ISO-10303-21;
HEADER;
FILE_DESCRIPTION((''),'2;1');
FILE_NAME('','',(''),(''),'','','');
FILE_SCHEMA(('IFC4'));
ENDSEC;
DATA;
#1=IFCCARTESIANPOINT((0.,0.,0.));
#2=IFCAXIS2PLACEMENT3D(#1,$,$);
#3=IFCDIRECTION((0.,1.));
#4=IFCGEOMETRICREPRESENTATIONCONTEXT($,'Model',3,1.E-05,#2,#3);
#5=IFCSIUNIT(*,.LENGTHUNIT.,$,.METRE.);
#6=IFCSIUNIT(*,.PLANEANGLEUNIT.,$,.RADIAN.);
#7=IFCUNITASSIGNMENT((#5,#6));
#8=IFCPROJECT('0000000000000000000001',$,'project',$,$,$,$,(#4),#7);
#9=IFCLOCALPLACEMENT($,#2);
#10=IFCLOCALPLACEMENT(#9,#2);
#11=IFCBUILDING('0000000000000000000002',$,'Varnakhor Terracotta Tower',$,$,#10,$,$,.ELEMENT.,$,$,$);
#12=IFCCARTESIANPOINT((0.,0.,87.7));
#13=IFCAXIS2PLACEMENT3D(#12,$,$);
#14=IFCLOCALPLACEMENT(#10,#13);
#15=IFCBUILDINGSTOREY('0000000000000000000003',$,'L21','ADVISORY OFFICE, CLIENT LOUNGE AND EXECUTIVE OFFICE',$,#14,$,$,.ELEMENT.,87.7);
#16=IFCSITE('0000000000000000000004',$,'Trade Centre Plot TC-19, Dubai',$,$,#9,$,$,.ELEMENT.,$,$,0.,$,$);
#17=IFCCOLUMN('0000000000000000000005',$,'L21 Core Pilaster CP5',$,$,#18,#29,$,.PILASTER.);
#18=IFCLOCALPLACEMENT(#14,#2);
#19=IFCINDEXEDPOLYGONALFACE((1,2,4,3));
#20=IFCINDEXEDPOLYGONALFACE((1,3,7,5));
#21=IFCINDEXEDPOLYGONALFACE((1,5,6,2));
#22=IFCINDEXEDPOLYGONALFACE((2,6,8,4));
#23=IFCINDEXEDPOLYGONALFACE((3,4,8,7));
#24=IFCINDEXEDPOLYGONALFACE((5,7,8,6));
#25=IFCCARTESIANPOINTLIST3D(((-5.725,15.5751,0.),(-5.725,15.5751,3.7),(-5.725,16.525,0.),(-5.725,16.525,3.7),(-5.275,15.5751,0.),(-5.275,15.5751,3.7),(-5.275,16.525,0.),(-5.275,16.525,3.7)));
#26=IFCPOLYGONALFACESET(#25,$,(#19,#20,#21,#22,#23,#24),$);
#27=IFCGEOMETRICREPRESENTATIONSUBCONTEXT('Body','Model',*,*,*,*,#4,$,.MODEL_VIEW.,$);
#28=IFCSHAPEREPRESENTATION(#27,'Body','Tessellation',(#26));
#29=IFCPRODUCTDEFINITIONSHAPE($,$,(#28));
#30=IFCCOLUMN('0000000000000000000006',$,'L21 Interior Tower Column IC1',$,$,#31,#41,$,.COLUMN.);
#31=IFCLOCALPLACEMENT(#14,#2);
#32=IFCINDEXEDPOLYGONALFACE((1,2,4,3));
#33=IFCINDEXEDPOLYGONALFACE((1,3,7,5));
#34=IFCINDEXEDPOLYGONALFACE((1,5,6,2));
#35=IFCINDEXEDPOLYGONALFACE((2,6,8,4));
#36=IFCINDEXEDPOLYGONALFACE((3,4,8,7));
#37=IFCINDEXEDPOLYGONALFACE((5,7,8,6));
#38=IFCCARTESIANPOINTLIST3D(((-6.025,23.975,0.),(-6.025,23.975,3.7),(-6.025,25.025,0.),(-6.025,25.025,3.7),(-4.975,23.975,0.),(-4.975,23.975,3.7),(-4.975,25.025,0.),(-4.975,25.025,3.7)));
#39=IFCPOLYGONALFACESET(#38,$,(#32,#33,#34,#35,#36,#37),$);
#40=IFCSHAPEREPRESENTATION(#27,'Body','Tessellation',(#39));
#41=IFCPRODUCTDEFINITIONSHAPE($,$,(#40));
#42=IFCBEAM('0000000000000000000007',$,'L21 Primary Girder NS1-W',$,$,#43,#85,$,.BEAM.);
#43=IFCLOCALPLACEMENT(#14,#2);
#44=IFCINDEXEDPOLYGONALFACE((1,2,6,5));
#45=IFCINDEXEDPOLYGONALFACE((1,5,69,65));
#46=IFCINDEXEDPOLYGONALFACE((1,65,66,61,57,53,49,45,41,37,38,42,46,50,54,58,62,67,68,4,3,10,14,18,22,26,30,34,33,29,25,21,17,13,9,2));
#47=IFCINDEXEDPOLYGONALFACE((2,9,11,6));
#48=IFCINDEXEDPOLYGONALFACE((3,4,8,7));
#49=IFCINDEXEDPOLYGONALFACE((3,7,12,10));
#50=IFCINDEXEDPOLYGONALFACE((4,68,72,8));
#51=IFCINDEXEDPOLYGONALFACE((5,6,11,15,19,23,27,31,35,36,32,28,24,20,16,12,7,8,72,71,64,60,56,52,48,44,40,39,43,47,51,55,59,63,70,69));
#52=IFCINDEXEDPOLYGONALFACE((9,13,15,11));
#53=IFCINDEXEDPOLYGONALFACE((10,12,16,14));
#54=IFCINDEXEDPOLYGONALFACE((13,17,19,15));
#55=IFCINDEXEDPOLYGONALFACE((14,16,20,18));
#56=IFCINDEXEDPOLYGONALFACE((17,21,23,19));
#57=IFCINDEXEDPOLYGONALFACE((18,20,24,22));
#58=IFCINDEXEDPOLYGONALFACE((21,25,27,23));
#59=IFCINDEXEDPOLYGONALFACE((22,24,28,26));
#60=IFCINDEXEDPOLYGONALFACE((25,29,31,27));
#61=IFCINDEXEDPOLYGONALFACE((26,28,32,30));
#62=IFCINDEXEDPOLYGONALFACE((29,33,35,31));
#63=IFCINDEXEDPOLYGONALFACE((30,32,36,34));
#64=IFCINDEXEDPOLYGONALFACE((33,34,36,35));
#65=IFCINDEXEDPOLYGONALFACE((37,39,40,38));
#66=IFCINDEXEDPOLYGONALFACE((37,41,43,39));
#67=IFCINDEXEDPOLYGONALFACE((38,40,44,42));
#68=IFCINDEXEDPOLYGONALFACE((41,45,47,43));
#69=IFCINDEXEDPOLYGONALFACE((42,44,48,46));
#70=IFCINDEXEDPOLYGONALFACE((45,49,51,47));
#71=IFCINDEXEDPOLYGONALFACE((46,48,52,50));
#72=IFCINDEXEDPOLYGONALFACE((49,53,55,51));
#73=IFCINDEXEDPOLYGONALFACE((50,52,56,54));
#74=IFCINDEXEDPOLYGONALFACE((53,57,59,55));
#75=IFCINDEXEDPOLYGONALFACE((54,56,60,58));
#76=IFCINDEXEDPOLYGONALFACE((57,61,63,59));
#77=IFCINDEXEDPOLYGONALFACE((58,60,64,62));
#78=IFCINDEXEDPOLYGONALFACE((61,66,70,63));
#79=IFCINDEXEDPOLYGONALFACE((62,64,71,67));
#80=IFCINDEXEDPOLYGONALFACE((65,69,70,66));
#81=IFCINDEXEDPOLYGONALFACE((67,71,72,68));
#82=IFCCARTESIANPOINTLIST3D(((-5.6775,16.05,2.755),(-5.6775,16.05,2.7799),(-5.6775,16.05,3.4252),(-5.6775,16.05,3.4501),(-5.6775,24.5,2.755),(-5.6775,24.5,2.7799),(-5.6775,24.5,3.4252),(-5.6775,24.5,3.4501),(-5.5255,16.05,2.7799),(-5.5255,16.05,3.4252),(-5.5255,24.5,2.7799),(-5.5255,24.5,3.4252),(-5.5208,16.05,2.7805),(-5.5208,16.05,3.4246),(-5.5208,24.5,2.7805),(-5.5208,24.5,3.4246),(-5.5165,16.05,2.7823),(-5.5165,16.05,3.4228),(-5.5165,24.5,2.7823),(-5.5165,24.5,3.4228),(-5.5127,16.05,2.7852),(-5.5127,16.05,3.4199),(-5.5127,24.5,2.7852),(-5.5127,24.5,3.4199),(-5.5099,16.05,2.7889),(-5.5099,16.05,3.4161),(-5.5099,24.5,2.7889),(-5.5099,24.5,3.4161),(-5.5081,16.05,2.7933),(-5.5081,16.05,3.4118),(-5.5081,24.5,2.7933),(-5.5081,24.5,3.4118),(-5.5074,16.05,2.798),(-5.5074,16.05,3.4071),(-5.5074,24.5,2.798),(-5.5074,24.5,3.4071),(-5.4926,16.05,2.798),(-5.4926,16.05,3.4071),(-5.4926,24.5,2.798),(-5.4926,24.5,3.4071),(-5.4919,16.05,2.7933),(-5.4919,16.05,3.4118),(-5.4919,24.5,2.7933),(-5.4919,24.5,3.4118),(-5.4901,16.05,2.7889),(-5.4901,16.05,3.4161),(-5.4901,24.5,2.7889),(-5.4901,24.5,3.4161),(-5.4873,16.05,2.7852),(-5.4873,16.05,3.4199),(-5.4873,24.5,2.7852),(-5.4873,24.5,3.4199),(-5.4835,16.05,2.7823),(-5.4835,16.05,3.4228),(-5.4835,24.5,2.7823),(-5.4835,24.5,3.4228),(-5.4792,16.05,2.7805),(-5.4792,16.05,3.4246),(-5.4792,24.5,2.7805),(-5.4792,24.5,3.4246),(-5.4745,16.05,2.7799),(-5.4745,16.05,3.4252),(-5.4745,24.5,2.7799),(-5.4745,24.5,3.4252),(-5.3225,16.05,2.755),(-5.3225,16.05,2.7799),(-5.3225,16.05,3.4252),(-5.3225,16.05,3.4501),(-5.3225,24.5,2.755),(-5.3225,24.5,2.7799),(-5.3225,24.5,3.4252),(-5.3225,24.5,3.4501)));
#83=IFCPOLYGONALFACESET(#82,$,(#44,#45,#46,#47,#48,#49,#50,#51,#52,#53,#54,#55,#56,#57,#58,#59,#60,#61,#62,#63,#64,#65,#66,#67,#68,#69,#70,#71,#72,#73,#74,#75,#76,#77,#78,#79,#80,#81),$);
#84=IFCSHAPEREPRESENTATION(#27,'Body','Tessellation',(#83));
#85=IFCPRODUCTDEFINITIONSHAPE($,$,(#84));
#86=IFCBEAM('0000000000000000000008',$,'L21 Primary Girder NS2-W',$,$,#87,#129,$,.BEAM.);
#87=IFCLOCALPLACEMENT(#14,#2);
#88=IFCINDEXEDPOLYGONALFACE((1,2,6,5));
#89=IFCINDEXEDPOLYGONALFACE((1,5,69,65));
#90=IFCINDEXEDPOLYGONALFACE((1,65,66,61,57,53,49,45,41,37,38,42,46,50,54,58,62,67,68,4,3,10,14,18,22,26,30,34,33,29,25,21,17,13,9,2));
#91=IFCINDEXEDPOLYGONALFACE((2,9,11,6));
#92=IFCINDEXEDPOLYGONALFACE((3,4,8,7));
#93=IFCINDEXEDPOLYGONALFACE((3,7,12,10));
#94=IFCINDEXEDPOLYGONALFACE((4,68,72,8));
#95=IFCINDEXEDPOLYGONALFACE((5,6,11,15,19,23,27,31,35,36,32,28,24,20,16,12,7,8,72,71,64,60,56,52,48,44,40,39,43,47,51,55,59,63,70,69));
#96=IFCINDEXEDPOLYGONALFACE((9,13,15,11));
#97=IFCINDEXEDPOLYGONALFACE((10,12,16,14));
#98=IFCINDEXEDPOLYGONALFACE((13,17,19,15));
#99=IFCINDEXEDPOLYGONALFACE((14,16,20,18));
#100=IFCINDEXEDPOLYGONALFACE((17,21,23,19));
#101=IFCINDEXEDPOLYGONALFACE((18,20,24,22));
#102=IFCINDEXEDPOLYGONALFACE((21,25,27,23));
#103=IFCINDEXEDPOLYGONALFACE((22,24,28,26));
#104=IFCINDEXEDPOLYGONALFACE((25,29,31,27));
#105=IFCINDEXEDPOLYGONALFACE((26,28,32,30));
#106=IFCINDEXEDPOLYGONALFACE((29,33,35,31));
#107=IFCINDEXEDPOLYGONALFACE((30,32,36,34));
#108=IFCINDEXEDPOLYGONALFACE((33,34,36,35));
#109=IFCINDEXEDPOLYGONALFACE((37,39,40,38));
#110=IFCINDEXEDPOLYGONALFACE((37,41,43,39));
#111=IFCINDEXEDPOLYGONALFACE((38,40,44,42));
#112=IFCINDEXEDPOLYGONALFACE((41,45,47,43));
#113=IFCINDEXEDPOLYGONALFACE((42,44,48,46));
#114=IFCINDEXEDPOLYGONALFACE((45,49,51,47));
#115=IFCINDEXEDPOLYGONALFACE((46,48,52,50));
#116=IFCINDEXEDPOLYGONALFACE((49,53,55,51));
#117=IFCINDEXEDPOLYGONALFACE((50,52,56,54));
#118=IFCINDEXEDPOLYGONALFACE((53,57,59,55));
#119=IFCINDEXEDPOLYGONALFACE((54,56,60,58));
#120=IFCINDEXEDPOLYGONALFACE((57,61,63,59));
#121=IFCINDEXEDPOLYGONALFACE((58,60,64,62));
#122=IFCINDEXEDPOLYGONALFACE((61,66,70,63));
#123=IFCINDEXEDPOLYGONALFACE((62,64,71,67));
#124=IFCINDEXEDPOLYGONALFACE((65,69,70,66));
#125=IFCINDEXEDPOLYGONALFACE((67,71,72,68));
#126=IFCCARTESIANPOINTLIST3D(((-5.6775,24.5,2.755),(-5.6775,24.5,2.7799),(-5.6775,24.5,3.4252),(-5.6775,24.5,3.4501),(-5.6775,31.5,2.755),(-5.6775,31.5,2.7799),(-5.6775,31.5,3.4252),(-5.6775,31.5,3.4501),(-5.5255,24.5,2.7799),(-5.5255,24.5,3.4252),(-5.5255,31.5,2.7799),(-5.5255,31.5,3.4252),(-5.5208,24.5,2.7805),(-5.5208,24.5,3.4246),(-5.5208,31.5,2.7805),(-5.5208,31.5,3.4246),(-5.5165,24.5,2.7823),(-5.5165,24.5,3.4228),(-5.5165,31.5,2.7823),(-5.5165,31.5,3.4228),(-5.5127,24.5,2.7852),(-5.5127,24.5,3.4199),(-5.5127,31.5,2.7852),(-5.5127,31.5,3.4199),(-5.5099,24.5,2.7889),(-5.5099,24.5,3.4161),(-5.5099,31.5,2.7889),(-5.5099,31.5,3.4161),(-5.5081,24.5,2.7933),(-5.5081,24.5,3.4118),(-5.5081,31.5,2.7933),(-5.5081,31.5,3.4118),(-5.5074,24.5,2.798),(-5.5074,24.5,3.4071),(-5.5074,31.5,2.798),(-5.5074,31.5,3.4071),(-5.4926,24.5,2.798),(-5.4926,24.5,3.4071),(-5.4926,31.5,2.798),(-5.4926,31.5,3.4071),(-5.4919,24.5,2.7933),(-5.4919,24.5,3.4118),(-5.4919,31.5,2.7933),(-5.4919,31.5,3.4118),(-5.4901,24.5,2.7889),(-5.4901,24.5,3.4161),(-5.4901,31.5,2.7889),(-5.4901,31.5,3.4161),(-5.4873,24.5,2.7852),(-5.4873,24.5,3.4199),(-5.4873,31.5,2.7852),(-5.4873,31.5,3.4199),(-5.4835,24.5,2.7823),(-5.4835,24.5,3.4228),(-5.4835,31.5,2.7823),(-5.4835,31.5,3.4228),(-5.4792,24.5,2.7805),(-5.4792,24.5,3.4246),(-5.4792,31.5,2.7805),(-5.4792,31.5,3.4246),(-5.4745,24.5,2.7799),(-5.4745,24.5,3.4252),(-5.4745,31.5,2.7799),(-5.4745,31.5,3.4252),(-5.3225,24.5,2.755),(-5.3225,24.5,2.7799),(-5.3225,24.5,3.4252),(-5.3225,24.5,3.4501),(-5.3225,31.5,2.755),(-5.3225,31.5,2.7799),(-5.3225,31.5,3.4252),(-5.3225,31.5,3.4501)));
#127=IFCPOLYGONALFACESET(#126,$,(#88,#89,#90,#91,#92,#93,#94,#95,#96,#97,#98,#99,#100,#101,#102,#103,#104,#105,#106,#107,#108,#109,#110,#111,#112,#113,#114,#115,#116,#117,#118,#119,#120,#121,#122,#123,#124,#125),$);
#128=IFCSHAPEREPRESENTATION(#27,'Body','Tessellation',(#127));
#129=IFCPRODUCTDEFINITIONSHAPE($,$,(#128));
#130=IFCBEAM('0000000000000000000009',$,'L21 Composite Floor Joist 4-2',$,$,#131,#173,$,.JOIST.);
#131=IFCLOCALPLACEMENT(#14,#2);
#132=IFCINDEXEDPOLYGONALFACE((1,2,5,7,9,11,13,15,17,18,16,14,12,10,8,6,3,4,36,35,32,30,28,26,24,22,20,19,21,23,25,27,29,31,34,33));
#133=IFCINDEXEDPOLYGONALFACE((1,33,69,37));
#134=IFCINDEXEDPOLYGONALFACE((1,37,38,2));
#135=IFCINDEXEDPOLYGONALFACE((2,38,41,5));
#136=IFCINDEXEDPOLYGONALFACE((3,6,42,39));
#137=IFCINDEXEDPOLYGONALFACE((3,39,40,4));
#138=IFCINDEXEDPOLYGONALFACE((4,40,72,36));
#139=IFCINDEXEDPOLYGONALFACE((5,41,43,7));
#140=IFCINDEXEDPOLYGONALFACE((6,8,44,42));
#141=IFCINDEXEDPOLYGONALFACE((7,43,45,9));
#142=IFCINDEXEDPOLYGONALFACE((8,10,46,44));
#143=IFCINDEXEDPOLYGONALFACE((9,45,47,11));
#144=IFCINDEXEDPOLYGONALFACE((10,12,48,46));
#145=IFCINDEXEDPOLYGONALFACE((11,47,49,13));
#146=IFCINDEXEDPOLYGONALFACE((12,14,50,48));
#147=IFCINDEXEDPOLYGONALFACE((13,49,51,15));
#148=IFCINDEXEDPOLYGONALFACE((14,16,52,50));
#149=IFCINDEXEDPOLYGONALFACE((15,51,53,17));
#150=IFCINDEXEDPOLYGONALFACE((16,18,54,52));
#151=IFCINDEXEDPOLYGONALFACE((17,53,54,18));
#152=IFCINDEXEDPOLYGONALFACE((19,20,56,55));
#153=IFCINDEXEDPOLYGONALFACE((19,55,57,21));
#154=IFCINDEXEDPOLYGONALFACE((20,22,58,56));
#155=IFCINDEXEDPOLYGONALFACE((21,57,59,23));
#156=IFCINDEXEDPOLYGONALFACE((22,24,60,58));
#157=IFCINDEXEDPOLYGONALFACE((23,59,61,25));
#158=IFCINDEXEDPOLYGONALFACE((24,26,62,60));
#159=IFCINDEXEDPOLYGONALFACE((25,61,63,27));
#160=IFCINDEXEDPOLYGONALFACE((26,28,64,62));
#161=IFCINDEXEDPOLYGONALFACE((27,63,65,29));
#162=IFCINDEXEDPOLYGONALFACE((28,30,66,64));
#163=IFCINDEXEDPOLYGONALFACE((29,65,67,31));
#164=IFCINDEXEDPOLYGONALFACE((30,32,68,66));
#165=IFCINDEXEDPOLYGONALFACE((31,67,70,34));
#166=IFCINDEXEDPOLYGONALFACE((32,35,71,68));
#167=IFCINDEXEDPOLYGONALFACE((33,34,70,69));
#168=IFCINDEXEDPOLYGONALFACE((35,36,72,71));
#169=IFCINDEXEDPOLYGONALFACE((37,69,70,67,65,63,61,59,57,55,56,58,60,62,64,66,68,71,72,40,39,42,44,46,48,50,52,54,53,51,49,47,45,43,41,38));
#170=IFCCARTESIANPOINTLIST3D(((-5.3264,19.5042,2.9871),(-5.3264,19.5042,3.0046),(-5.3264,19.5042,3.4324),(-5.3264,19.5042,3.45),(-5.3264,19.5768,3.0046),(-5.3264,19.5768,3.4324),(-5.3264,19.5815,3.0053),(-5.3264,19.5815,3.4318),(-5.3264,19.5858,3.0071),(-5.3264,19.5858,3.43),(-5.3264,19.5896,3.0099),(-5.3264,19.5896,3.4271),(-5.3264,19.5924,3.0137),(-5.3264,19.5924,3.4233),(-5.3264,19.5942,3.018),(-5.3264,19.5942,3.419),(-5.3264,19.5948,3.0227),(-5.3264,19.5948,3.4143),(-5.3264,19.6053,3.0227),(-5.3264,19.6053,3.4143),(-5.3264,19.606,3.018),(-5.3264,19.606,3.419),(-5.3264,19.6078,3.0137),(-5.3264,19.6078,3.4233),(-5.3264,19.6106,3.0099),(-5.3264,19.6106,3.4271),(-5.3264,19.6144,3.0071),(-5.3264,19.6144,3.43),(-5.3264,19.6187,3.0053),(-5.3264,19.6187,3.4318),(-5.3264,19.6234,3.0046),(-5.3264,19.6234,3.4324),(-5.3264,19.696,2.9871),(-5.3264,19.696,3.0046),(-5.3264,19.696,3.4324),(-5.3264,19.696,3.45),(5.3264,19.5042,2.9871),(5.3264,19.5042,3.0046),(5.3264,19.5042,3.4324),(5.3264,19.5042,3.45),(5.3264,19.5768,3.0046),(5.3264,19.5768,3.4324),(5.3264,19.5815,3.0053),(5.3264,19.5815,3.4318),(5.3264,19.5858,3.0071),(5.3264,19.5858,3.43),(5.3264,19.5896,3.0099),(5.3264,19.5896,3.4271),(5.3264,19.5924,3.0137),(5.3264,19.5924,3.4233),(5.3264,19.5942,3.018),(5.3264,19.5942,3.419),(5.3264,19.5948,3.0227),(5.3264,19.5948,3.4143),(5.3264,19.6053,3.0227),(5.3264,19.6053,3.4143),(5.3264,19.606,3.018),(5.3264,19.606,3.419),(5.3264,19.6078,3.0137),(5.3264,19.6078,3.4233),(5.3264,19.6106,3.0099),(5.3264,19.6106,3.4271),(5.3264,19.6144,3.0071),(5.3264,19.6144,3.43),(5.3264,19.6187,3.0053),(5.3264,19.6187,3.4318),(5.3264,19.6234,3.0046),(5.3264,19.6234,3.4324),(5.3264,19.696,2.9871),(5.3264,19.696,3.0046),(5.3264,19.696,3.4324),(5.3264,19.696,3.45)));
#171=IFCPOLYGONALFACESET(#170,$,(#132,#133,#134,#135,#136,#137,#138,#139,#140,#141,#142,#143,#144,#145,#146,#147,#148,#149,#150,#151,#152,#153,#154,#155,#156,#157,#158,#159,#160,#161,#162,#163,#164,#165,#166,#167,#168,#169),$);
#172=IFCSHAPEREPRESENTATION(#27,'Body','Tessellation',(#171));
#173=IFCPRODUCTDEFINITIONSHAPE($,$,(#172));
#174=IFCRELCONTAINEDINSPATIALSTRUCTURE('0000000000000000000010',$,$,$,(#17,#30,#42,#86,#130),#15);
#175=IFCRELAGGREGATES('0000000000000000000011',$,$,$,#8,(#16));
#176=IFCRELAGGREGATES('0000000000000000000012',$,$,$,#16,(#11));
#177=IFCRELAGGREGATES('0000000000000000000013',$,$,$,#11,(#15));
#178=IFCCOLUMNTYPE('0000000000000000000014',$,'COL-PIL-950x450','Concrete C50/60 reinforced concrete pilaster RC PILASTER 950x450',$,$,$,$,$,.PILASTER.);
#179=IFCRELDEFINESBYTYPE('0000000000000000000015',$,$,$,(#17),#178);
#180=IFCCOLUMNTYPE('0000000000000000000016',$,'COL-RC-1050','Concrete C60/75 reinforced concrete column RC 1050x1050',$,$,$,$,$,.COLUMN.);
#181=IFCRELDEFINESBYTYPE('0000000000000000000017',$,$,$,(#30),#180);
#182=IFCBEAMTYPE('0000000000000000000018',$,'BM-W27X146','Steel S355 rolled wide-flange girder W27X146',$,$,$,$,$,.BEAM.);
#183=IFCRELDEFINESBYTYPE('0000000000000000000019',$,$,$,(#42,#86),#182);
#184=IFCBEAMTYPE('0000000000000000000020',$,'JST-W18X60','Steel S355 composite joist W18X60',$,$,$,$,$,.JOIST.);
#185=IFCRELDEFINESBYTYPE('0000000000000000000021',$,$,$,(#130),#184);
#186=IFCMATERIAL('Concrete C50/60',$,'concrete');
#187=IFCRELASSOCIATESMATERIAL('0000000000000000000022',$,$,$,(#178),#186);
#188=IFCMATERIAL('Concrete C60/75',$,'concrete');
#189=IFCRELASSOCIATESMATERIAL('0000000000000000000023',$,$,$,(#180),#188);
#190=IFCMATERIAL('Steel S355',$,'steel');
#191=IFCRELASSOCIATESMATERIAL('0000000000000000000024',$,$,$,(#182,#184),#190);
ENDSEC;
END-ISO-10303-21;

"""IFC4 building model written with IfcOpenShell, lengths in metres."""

from ifc_helpers import new_model, si_unit, direction, frame, origin, origin_2d, place, context, subcontext, project, spatial, rectangle, i_section, extrude, source, transform, mapped, material, material_profile, profile_set, type_object, type_shapes, element, save


model = new_model("IFC4")

# Units and contexts
model_context = context("Model", 3, precision=1e-05, world=origin(), true_north=direction((0.0, 1.0)))
body_context = subcontext(model_context, "Body", "Model", "MODEL_VIEW")
ifc_project = project(units=[si_unit("LENGTHUNIT", "METRE"), si_unit("PLANEANGLEUNIT", "RADIAN")], contexts=[model_context])

# Site, building, storey
site_placement = place(None, origin())
site = spatial("IfcSite", under=ifc_project, at=site_placement, Name="Trade Centre Plot TC-19, Dubai", CompositionType="ELEMENT", RefElevation=0.0)
building_placement = place(site_placement, origin())
building = spatial("IfcBuilding", under=site, at=building_placement, Name="Varnakhor Terracotta Tower", CompositionType="ELEMENT")
storey_placement = place(building_placement, frame((0.0, 0.0, 87.7)))
storey = spatial("IfcBuildingStorey", under=building, at=storey_placement, Name="L21", Description="ADVISORY OFFICE, CLIENT LOUNGE AND EXECUTIVE OFFICE", CompositionType="ELEMENT", Elevation=87.7)

# Columns
ifc_material_1 = material(Name="Concrete C50/60", Category="concrete")
ifc_material_profile_1 = material_profile(ifc_material_1, rectangle(XDim=0.45, YDim=0.95, at=origin_2d()), Name="RC PILASTER 950x450")
ifc_profile_set_1 = profile_set([ifc_material_profile_1], Name="Concrete C50/60")
column_type_1 = type_object("IfcColumnType", Name="COL-PIL-950x450", Description="Concrete C50/60 reinforced concrete pilaster RC PILASTER 950x450", PredefinedType="PILASTER", material=ifc_profile_set_1)
shared_shape_1 = source(origin(), body_context, "Body", "SweptSolid", [
    extrude(rectangle(XDim=0.45, YDim=0.95, at=origin_2d()), origin(), (0.0, 0.0, 1.0), 3.7),
])
column_1_placement = place(storey_placement, frame((-5.5, 16.05, 0.0), z_axis=(0.0, 0.0, 1.0), x_axis=(1.0, 0.0, 0.0)))
element("IfcColumn", 1, at=column_1_placement, inside=storey, type_object=column_type_1, Name="L21 Core Pilaster CP5", PredefinedType="PILASTER", context=body_context, shape_type="MappedRepresentation", body=[
    mapped(shared_shape_1, transform((0.0, 0.0, 0.0), scale=1.0)),
])
ifc_material_2 = material(Name="Concrete C60/75", Category="concrete")
ifc_material_profile_2 = material_profile(ifc_material_2, rectangle(XDim=1.05, YDim=1.05, at=origin_2d()), Name="RC 1050x1050")
ifc_profile_set_2 = profile_set([ifc_material_profile_2], Name="Concrete C60/75")
column_type_2 = type_object("IfcColumnType", Name="COL-RC-1050", Description="Concrete C60/75 reinforced concrete column RC 1050x1050", PredefinedType="COLUMN", material=ifc_profile_set_2)
shared_shape_2 = source(origin(), body_context, "Body", "SweptSolid", [
    extrude(rectangle(XDim=1.05, YDim=1.05, at=origin_2d()), origin(), (0.0, 0.0, 1.0), 3.7),
])
column_2_placement = place(storey_placement, frame((-5.5, 24.5, 0.0), z_axis=(0.0, 0.0, 1.0), x_axis=(1.0, 0.0, 0.0)))
element("IfcColumn", 2, at=column_2_placement, inside=storey, type_object=column_type_2, Name="L21 Interior Tower Column IC1", PredefinedType="COLUMN", context=body_context, shape_type="MappedRepresentation", body=[
    mapped(shared_shape_2, transform((0.0, 0.0, 0.0), scale=1.0)),
])

# Beams
ifc_material_3 = material(Name="Steel S355", Category="steel")
ifc_material_profile_3 = material_profile(ifc_material_3, i_section(OverallWidth=0.355, OverallDepth=0.6951, WebThickness=0.0149, FlangeThickness=0.0249, FilletRadius=0.0181, at=origin_2d()), Name="W27X146")
ifc_profile_set_3 = profile_set([ifc_material_profile_3], Name="Steel S355")
beam_type_1 = type_object("IfcBeamType", Name="BM-W27X146", Description="Steel S355 rolled wide-flange girder W27X146", PredefinedType="BEAM", material=ifc_profile_set_3)
shared_shape_3 = source(origin(), body_context, "Body", "SweptSolid", [
    extrude(i_section(OverallWidth=0.355, OverallDepth=0.6951, WebThickness=0.0149, FlangeThickness=0.0249, FilletRadius=0.0181, at=origin_2d()), origin(), (0.0, 0.0, 1.0), 8.45),
])
type_shapes(beam_type_1, [shared_shape_3])
beam_1_placement = place(storey_placement, frame((-5.5, 16.05, 3.1025), z_axis=(0.0, 1.0, 0.0), x_axis=(-1.0, 0.0, 0.0)))
element("IfcBeam", 3, at=beam_1_placement, inside=storey, type_object=beam_type_1, Name="L21 Primary Girder NS1-W", PredefinedType="BEAM", context=body_context, shape_type="MappedRepresentation", body=[
    mapped(shared_shape_3, transform((0.0, 0.0, 0.0), scale=1.0)),
])
shared_shape_4 = source(origin(), body_context, "Body", "SweptSolid", [
    extrude(i_section(OverallWidth=0.355, OverallDepth=0.6951, WebThickness=0.0149, FlangeThickness=0.0249, FilletRadius=0.0181, at=origin_2d()), origin(), (0.0, 0.0, 1.0), 7.0),
])
beam_2_placement = place(storey_placement, frame((-5.5, 24.5, 3.1025), z_axis=(0.0, 1.0, 0.0), x_axis=(-1.0, 0.0, 0.0)))
element("IfcBeam", 4, at=beam_2_placement, inside=storey, type_object=beam_type_1, Name="L21 Primary Girder NS2-W", PredefinedType="BEAM", context=body_context, shape_type="MappedRepresentation", body=[
    mapped(shared_shape_4, transform((0.0, 0.0, 0.0), scale=1.0)),
])
ifc_material_profile_4 = material_profile(ifc_material_3, i_section(OverallWidth=0.1919, OverallDepth=0.4629, WebThickness=0.0105, FlangeThickness=0.0176, FilletRadius=0.0181, at=origin_2d()), Name="W18X60")
ifc_profile_set_4 = profile_set([ifc_material_profile_4], Name="Steel S355")
beam_type_2 = type_object("IfcBeamType", Name="JST-W18X60", Description="Steel S355 composite joist W18X60", PredefinedType="JOIST", material=ifc_profile_set_4)
shared_shape_5 = source(origin(), body_context, "Body", "SweptSolid", [
    extrude(i_section(OverallWidth=0.1919, OverallDepth=0.4629, WebThickness=0.0105, FlangeThickness=0.0176, FilletRadius=0.0181, at=origin_2d()), origin(), (0.0, 0.0, 1.0), 10.6528),
])
for number, where, z_axis, x_axis, name in (
    (5, (-5.3264, 19.6001, 3.2185), (1.0, 0.0, 0.0), (0.0, 1.0, 0.0), "L21 Composite Floor Joist 4-2"),
):
    element("IfcBeam", number, at=place(storey_placement, frame(where, z_axis=z_axis, x_axis=x_axis)), inside=storey, type_object=beam_type_2, Name=name, PredefinedType="JOIST", context=body_context, shape_type="MappedRepresentation", body=[
        mapped(shared_shape_5, transform((0.0, 0.0, 0.0), scale=1.0)),
    ])

save(model, "model.ifc")
